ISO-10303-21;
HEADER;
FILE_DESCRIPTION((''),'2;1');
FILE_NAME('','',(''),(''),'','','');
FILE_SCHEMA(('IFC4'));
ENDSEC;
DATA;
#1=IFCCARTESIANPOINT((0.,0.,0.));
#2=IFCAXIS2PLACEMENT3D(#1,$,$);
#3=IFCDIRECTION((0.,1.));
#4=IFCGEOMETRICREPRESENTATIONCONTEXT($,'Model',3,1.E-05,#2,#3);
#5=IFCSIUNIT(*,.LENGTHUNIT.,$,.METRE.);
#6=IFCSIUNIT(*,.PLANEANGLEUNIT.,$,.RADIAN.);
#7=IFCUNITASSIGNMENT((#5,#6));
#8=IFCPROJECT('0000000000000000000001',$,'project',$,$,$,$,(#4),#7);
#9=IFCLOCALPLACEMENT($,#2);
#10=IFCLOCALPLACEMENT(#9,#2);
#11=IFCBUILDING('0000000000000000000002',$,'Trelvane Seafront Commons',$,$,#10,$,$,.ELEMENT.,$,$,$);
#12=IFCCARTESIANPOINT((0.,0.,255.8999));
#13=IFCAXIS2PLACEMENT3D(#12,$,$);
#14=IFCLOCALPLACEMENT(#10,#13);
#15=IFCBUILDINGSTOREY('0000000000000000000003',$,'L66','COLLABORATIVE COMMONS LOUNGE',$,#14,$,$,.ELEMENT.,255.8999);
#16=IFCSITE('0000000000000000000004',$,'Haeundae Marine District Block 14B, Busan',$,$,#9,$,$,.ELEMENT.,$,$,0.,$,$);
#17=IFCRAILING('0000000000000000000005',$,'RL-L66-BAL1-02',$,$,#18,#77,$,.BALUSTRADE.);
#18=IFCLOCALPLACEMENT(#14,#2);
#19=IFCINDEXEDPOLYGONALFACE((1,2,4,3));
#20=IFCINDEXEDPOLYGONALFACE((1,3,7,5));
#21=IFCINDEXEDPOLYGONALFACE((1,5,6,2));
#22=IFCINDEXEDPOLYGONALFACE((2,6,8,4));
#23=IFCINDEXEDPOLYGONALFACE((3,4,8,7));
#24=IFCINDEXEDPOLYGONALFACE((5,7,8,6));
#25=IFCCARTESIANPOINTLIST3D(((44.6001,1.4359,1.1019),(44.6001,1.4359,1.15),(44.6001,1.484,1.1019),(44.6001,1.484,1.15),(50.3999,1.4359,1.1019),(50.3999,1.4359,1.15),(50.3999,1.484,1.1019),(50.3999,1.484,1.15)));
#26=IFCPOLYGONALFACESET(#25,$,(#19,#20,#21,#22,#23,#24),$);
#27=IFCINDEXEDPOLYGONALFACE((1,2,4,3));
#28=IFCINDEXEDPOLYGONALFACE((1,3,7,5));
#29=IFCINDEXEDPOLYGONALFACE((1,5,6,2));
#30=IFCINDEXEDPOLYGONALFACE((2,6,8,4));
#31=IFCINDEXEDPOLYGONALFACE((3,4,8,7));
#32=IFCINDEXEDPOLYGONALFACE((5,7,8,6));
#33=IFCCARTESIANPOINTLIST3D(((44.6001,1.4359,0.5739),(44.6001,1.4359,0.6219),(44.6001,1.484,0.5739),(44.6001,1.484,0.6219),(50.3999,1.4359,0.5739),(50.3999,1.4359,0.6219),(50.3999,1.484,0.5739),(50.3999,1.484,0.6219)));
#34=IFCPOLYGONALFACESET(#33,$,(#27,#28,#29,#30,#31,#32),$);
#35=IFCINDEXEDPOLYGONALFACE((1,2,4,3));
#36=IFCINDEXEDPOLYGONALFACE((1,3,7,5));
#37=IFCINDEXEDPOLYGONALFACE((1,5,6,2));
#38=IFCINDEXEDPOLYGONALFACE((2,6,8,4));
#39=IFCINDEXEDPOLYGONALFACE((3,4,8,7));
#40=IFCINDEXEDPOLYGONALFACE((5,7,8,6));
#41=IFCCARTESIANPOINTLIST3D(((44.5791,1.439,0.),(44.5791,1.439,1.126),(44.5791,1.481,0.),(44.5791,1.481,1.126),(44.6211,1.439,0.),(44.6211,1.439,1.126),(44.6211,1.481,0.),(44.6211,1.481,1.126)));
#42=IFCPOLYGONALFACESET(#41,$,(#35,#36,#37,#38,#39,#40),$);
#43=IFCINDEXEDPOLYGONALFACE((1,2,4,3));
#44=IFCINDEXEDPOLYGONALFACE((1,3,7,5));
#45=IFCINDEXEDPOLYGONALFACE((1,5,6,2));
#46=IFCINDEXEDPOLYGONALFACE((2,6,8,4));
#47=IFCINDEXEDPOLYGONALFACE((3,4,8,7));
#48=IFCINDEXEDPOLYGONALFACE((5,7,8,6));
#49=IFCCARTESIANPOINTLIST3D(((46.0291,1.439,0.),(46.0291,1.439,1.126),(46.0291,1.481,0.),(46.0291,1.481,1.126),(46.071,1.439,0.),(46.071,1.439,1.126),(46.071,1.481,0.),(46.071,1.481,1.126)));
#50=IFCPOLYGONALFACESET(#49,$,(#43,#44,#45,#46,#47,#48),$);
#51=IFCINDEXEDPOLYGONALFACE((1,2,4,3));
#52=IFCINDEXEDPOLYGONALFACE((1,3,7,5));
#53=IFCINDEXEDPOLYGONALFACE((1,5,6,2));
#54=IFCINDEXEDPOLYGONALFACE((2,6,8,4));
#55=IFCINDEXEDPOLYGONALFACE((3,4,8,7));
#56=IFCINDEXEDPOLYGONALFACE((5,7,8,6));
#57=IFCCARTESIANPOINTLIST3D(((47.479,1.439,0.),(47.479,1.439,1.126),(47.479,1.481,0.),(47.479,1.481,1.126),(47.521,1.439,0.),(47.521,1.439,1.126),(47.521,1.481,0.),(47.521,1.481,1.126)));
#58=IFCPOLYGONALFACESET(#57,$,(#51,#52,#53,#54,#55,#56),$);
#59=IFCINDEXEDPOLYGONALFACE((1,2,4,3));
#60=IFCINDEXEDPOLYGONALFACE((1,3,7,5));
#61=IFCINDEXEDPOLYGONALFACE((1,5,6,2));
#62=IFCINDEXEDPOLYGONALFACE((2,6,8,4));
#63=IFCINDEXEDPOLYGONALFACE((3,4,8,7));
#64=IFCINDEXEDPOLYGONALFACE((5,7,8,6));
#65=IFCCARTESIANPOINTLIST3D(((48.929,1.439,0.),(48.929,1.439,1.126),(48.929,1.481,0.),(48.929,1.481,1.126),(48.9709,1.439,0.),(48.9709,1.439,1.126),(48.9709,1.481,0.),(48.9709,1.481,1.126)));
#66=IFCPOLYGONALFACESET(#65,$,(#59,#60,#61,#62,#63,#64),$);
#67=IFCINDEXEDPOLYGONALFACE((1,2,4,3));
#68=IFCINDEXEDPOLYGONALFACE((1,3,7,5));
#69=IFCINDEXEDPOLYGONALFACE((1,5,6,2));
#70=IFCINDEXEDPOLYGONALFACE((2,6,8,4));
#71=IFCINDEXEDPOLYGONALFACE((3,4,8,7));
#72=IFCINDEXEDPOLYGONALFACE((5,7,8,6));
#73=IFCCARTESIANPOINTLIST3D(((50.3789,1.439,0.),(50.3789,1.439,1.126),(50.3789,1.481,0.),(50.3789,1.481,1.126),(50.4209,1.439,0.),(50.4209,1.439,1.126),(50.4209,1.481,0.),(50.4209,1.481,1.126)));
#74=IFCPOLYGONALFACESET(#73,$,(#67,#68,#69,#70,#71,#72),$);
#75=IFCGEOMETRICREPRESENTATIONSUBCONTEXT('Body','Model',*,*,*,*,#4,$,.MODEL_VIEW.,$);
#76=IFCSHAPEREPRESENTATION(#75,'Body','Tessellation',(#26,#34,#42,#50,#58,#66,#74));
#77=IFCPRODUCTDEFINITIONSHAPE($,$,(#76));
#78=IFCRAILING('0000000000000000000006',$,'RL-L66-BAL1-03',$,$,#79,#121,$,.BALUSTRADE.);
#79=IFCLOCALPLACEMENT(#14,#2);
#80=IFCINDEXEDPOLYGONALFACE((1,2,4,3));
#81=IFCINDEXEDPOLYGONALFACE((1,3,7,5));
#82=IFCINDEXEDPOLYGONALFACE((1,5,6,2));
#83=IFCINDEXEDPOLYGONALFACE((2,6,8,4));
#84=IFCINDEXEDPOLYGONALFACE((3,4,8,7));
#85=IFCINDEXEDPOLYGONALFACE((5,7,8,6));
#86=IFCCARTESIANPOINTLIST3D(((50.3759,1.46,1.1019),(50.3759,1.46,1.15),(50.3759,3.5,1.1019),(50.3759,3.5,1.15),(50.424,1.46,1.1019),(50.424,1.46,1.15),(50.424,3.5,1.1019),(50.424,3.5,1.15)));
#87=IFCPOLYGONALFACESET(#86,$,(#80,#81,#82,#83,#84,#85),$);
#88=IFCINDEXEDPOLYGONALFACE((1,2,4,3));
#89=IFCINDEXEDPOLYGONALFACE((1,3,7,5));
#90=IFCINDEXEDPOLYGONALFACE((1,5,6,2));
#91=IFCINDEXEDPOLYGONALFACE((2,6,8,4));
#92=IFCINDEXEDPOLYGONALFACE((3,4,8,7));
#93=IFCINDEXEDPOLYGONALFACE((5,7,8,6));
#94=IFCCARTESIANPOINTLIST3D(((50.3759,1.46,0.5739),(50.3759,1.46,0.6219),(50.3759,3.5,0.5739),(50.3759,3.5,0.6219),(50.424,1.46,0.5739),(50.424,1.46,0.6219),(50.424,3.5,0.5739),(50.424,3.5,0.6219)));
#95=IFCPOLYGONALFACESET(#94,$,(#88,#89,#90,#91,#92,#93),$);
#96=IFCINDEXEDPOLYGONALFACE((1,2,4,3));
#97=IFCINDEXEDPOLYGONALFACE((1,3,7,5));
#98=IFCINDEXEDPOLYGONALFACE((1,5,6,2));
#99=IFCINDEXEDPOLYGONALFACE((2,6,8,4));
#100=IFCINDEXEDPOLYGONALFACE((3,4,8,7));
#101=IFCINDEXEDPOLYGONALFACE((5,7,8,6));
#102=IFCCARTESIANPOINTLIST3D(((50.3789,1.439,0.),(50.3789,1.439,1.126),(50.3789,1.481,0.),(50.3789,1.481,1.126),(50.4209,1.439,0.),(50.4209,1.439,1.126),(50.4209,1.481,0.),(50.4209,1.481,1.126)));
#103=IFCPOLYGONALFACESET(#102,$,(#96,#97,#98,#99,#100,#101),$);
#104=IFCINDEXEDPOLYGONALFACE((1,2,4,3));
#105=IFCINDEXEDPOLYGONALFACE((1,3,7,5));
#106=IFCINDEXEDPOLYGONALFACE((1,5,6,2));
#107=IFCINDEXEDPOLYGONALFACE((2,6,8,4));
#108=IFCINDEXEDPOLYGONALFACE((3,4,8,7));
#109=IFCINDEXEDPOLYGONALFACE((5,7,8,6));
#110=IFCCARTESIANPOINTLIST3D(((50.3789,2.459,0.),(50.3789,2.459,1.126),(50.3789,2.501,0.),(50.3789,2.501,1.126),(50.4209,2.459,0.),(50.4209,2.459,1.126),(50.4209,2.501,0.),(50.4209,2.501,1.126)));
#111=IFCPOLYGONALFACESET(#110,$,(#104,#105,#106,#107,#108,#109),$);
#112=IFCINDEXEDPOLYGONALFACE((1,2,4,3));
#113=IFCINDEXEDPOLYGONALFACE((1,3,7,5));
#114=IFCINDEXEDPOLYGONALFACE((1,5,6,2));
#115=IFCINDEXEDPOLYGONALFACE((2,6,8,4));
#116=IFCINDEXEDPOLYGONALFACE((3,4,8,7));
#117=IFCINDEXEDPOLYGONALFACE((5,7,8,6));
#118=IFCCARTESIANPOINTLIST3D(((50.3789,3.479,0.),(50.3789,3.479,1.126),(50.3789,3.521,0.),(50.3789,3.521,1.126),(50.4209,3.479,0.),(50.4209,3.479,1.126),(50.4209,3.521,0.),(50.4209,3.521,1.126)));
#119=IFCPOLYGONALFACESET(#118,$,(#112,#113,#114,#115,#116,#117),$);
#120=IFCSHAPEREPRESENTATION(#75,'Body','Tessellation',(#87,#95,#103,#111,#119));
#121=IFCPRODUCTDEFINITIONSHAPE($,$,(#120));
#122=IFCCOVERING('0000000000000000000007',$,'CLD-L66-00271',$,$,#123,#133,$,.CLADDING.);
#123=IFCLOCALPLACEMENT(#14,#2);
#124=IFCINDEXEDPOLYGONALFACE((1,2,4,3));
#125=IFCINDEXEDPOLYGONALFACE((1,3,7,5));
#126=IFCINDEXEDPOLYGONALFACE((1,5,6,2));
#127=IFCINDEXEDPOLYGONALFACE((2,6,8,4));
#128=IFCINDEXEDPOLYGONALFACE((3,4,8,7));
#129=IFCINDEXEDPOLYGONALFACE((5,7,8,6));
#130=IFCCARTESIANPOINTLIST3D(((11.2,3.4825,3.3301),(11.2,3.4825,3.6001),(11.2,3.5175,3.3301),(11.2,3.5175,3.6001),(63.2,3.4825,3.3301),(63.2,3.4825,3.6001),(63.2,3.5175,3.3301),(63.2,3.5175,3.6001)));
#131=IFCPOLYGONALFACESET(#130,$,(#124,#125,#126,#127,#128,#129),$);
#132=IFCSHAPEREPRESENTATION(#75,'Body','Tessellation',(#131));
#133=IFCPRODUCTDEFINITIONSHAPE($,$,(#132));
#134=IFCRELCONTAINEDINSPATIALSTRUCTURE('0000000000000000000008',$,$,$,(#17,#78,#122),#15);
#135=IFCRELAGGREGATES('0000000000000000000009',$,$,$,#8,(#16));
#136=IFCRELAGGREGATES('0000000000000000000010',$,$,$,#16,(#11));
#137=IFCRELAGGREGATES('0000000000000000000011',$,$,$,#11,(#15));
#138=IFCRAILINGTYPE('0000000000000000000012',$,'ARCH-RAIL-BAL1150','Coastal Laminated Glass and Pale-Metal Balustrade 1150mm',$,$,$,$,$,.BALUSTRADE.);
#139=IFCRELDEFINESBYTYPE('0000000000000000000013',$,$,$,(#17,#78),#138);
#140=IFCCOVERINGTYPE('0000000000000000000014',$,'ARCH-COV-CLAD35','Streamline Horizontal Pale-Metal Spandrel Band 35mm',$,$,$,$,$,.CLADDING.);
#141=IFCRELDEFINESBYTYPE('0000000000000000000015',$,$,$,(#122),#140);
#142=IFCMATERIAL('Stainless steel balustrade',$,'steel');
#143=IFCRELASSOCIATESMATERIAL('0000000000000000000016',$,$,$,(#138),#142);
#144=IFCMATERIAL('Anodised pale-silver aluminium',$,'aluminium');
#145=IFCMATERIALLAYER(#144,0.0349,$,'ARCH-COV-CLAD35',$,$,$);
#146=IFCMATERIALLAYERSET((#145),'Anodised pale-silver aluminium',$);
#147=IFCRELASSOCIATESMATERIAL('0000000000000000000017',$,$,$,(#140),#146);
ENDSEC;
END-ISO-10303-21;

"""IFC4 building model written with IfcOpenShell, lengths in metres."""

from ifc_helpers import new_model, si_unit, direction, frame, origin, origin_2d, place, context, subcontext, project, spatial, rectangle, extrude, source, transform, mapped, material, layer, layer_set, type_object, element, save


model = new_model("IFC4")

# Units and contexts
model_context = context("Model", 3, precision=1e-05, world=origin(), true_north=direction((0.0, 1.0)))
body_context = subcontext(model_context, "Body", "Model", "MODEL_VIEW")
ifc_project = project(units=[si_unit("LENGTHUNIT", "METRE"), si_unit("PLANEANGLEUNIT", "RADIAN")], contexts=[model_context])

# Site, building, storey
site_placement = place(None, origin())
site = spatial("IfcSite", under=ifc_project, at=site_placement, Name="Haeundae Marine District Block 14B, Busan", CompositionType="ELEMENT", RefElevation=0.0)
building_placement = place(site_placement, origin())
building = spatial("IfcBuilding", under=site, at=building_placement, Name="Trelvane Seafront Commons", CompositionType="ELEMENT")
storey_placement = place(building_placement, frame((0.0, 0.0, 255.8999)))
storey = spatial("IfcBuildingStorey", under=building, at=storey_placement, Name="L66", Description="COLLABORATIVE COMMONS LOUNGE", CompositionType="ELEMENT", Elevation=255.8999)

# Shared definitions
ifc_material_1 = material(Name="Anodised pale-silver aluminium", Category="aluminium")

# Railings
ifc_material_2 = material(Name="Stainless steel balustrade", Category="steel")
railing_type = type_object("IfcRailingType", Name="ARCH-RAIL-BAL1150", Description="Coastal Laminated Glass and Pale-Metal Balustrade 1150mm", PredefinedType="BALUSTRADE", material=ifc_material_2)
railing_1_placement = place(storey_placement, frame((44.6001, 1.46, 0.0)))
element("IfcRailing", 1, at=railing_1_placement, inside=storey, type_object=railing_type, Name="RL-L66-BAL1-02", PredefinedType="BALUSTRADE", context=body_context, shape_type="SweptSolid", body=[
    extrude(rectangle(XDim=0.0481, YDim=0.0481, at=origin_2d()), frame((0.0, 0.0, 1.126), z_axis=(1.0, 0.0, 0.0), x_axis=(0.0, 1.0, 0.0)), (0.0, 0.0, 1.0), 5.7998),
    extrude(rectangle(XDim=0.0481, YDim=0.0481, at=origin_2d()), frame((0.0, 0.0, 0.5979), z_axis=(1.0, 0.0, 0.0), x_axis=(0.0, 1.0, 0.0)), (0.0, 0.0, 1.0), 5.7998),
    extrude(rectangle(XDim=0.042, YDim=0.042, at=origin_2d()), origin(), (0.0, 0.0, 1.0), 1.126),
    extrude(rectangle(XDim=0.042, YDim=0.042, at=origin_2d()), frame((1.45, 0.0, 0.0)), (0.0, 0.0, 1.0), 1.126),
    extrude(rectangle(XDim=0.042, YDim=0.042, at=origin_2d()), frame((2.8999, 0.0, 0.0)), (0.0, 0.0, 1.0), 1.126),
    extrude(rectangle(XDim=0.042, YDim=0.042, at=origin_2d()), frame((4.3499, 0.0, 0.0)), (0.0, 0.0, 1.0), 1.126),
    extrude(rectangle(XDim=0.042, YDim=0.042, at=origin_2d()), frame((5.7998, 0.0, 0.0)), (0.0, 0.0, 1.0), 1.126),
])
railing_2_placement = place(storey_placement, frame((50.3999, 1.46, 0.0)))
element("IfcRailing", 2, at=railing_2_placement, inside=storey, type_object=railing_type, Name="RL-L66-BAL1-03", PredefinedType="BALUSTRADE", context=body_context, shape_type="SweptSolid", body=[
    extrude(rectangle(XDim=0.0481, YDim=0.0481, at=origin_2d()), frame((0.0, 0.0, 1.126), z_axis=(0.0, 1.0, 0.0), x_axis=(-1.0, 0.0, 0.0)), (0.0, 0.0, 1.0), 2.04),
    extrude(rectangle(XDim=0.0481, YDim=0.0481, at=origin_2d()), frame((0.0, 0.0, 0.5979), z_axis=(0.0, 1.0, 0.0), x_axis=(-1.0, 0.0, 0.0)), (0.0, 0.0, 1.0), 2.04),
    extrude(rectangle(XDim=0.042, YDim=0.042, at=origin_2d()), origin(), (0.0, 0.0, 1.0), 1.126),
    extrude(rectangle(XDim=0.042, YDim=0.042, at=origin_2d()), frame((0.0, 1.02, 0.0)), (0.0, 0.0, 1.0), 1.126),
    extrude(rectangle(XDim=0.042, YDim=0.042, at=origin_2d()), frame((0.0, 2.04, 0.0)), (0.0, 0.0, 1.0), 1.126),
])

# Covering
ifc_layer_1 = layer(ifc_material_1, 0.0349, Name="ARCH-COV-CLAD35")
ifc_layer_set_1 = layer_set([ifc_layer_1], Name="Anodised pale-silver aluminium")
covering_type = type_object("IfcCoveringType", Name="ARCH-COV-CLAD35", Description="Streamline Horizontal Pale-Metal Spandrel Band 35mm", PredefinedType="CLADDING", material=ifc_layer_set_1)
shared_shape_1 = source(origin(), body_context, "Body", "SweptSolid", [
    extrude(rectangle(XDim=52.0, YDim=0.0349, at=origin_2d()), origin(), (0.0, 0.0, 1.0), 0.27),
])
covering_placement = place(storey_placement, frame((37.2, 3.5, 3.3301), z_axis=(0.0, 0.0, 1.0), x_axis=(-1.0, 0.0, 0.0)))
element("IfcCovering", 3, at=covering_placement, inside=storey, type_object=covering_type, Name="CLD-L66-00271", PredefinedType="CLADDING", context=body_context, shape_type="MappedRepresentation", body=[
    mapped(shared_shape_1, transform((0.0, 0.0, 0.0), x_axis=(1.0, 0.0, 0.0), y_axis=(0.0, 1.0, 0.0), z_axis=(0.0, 0.0, 1.0), scale=1.0)),
])

save(model, "model.ifc")
